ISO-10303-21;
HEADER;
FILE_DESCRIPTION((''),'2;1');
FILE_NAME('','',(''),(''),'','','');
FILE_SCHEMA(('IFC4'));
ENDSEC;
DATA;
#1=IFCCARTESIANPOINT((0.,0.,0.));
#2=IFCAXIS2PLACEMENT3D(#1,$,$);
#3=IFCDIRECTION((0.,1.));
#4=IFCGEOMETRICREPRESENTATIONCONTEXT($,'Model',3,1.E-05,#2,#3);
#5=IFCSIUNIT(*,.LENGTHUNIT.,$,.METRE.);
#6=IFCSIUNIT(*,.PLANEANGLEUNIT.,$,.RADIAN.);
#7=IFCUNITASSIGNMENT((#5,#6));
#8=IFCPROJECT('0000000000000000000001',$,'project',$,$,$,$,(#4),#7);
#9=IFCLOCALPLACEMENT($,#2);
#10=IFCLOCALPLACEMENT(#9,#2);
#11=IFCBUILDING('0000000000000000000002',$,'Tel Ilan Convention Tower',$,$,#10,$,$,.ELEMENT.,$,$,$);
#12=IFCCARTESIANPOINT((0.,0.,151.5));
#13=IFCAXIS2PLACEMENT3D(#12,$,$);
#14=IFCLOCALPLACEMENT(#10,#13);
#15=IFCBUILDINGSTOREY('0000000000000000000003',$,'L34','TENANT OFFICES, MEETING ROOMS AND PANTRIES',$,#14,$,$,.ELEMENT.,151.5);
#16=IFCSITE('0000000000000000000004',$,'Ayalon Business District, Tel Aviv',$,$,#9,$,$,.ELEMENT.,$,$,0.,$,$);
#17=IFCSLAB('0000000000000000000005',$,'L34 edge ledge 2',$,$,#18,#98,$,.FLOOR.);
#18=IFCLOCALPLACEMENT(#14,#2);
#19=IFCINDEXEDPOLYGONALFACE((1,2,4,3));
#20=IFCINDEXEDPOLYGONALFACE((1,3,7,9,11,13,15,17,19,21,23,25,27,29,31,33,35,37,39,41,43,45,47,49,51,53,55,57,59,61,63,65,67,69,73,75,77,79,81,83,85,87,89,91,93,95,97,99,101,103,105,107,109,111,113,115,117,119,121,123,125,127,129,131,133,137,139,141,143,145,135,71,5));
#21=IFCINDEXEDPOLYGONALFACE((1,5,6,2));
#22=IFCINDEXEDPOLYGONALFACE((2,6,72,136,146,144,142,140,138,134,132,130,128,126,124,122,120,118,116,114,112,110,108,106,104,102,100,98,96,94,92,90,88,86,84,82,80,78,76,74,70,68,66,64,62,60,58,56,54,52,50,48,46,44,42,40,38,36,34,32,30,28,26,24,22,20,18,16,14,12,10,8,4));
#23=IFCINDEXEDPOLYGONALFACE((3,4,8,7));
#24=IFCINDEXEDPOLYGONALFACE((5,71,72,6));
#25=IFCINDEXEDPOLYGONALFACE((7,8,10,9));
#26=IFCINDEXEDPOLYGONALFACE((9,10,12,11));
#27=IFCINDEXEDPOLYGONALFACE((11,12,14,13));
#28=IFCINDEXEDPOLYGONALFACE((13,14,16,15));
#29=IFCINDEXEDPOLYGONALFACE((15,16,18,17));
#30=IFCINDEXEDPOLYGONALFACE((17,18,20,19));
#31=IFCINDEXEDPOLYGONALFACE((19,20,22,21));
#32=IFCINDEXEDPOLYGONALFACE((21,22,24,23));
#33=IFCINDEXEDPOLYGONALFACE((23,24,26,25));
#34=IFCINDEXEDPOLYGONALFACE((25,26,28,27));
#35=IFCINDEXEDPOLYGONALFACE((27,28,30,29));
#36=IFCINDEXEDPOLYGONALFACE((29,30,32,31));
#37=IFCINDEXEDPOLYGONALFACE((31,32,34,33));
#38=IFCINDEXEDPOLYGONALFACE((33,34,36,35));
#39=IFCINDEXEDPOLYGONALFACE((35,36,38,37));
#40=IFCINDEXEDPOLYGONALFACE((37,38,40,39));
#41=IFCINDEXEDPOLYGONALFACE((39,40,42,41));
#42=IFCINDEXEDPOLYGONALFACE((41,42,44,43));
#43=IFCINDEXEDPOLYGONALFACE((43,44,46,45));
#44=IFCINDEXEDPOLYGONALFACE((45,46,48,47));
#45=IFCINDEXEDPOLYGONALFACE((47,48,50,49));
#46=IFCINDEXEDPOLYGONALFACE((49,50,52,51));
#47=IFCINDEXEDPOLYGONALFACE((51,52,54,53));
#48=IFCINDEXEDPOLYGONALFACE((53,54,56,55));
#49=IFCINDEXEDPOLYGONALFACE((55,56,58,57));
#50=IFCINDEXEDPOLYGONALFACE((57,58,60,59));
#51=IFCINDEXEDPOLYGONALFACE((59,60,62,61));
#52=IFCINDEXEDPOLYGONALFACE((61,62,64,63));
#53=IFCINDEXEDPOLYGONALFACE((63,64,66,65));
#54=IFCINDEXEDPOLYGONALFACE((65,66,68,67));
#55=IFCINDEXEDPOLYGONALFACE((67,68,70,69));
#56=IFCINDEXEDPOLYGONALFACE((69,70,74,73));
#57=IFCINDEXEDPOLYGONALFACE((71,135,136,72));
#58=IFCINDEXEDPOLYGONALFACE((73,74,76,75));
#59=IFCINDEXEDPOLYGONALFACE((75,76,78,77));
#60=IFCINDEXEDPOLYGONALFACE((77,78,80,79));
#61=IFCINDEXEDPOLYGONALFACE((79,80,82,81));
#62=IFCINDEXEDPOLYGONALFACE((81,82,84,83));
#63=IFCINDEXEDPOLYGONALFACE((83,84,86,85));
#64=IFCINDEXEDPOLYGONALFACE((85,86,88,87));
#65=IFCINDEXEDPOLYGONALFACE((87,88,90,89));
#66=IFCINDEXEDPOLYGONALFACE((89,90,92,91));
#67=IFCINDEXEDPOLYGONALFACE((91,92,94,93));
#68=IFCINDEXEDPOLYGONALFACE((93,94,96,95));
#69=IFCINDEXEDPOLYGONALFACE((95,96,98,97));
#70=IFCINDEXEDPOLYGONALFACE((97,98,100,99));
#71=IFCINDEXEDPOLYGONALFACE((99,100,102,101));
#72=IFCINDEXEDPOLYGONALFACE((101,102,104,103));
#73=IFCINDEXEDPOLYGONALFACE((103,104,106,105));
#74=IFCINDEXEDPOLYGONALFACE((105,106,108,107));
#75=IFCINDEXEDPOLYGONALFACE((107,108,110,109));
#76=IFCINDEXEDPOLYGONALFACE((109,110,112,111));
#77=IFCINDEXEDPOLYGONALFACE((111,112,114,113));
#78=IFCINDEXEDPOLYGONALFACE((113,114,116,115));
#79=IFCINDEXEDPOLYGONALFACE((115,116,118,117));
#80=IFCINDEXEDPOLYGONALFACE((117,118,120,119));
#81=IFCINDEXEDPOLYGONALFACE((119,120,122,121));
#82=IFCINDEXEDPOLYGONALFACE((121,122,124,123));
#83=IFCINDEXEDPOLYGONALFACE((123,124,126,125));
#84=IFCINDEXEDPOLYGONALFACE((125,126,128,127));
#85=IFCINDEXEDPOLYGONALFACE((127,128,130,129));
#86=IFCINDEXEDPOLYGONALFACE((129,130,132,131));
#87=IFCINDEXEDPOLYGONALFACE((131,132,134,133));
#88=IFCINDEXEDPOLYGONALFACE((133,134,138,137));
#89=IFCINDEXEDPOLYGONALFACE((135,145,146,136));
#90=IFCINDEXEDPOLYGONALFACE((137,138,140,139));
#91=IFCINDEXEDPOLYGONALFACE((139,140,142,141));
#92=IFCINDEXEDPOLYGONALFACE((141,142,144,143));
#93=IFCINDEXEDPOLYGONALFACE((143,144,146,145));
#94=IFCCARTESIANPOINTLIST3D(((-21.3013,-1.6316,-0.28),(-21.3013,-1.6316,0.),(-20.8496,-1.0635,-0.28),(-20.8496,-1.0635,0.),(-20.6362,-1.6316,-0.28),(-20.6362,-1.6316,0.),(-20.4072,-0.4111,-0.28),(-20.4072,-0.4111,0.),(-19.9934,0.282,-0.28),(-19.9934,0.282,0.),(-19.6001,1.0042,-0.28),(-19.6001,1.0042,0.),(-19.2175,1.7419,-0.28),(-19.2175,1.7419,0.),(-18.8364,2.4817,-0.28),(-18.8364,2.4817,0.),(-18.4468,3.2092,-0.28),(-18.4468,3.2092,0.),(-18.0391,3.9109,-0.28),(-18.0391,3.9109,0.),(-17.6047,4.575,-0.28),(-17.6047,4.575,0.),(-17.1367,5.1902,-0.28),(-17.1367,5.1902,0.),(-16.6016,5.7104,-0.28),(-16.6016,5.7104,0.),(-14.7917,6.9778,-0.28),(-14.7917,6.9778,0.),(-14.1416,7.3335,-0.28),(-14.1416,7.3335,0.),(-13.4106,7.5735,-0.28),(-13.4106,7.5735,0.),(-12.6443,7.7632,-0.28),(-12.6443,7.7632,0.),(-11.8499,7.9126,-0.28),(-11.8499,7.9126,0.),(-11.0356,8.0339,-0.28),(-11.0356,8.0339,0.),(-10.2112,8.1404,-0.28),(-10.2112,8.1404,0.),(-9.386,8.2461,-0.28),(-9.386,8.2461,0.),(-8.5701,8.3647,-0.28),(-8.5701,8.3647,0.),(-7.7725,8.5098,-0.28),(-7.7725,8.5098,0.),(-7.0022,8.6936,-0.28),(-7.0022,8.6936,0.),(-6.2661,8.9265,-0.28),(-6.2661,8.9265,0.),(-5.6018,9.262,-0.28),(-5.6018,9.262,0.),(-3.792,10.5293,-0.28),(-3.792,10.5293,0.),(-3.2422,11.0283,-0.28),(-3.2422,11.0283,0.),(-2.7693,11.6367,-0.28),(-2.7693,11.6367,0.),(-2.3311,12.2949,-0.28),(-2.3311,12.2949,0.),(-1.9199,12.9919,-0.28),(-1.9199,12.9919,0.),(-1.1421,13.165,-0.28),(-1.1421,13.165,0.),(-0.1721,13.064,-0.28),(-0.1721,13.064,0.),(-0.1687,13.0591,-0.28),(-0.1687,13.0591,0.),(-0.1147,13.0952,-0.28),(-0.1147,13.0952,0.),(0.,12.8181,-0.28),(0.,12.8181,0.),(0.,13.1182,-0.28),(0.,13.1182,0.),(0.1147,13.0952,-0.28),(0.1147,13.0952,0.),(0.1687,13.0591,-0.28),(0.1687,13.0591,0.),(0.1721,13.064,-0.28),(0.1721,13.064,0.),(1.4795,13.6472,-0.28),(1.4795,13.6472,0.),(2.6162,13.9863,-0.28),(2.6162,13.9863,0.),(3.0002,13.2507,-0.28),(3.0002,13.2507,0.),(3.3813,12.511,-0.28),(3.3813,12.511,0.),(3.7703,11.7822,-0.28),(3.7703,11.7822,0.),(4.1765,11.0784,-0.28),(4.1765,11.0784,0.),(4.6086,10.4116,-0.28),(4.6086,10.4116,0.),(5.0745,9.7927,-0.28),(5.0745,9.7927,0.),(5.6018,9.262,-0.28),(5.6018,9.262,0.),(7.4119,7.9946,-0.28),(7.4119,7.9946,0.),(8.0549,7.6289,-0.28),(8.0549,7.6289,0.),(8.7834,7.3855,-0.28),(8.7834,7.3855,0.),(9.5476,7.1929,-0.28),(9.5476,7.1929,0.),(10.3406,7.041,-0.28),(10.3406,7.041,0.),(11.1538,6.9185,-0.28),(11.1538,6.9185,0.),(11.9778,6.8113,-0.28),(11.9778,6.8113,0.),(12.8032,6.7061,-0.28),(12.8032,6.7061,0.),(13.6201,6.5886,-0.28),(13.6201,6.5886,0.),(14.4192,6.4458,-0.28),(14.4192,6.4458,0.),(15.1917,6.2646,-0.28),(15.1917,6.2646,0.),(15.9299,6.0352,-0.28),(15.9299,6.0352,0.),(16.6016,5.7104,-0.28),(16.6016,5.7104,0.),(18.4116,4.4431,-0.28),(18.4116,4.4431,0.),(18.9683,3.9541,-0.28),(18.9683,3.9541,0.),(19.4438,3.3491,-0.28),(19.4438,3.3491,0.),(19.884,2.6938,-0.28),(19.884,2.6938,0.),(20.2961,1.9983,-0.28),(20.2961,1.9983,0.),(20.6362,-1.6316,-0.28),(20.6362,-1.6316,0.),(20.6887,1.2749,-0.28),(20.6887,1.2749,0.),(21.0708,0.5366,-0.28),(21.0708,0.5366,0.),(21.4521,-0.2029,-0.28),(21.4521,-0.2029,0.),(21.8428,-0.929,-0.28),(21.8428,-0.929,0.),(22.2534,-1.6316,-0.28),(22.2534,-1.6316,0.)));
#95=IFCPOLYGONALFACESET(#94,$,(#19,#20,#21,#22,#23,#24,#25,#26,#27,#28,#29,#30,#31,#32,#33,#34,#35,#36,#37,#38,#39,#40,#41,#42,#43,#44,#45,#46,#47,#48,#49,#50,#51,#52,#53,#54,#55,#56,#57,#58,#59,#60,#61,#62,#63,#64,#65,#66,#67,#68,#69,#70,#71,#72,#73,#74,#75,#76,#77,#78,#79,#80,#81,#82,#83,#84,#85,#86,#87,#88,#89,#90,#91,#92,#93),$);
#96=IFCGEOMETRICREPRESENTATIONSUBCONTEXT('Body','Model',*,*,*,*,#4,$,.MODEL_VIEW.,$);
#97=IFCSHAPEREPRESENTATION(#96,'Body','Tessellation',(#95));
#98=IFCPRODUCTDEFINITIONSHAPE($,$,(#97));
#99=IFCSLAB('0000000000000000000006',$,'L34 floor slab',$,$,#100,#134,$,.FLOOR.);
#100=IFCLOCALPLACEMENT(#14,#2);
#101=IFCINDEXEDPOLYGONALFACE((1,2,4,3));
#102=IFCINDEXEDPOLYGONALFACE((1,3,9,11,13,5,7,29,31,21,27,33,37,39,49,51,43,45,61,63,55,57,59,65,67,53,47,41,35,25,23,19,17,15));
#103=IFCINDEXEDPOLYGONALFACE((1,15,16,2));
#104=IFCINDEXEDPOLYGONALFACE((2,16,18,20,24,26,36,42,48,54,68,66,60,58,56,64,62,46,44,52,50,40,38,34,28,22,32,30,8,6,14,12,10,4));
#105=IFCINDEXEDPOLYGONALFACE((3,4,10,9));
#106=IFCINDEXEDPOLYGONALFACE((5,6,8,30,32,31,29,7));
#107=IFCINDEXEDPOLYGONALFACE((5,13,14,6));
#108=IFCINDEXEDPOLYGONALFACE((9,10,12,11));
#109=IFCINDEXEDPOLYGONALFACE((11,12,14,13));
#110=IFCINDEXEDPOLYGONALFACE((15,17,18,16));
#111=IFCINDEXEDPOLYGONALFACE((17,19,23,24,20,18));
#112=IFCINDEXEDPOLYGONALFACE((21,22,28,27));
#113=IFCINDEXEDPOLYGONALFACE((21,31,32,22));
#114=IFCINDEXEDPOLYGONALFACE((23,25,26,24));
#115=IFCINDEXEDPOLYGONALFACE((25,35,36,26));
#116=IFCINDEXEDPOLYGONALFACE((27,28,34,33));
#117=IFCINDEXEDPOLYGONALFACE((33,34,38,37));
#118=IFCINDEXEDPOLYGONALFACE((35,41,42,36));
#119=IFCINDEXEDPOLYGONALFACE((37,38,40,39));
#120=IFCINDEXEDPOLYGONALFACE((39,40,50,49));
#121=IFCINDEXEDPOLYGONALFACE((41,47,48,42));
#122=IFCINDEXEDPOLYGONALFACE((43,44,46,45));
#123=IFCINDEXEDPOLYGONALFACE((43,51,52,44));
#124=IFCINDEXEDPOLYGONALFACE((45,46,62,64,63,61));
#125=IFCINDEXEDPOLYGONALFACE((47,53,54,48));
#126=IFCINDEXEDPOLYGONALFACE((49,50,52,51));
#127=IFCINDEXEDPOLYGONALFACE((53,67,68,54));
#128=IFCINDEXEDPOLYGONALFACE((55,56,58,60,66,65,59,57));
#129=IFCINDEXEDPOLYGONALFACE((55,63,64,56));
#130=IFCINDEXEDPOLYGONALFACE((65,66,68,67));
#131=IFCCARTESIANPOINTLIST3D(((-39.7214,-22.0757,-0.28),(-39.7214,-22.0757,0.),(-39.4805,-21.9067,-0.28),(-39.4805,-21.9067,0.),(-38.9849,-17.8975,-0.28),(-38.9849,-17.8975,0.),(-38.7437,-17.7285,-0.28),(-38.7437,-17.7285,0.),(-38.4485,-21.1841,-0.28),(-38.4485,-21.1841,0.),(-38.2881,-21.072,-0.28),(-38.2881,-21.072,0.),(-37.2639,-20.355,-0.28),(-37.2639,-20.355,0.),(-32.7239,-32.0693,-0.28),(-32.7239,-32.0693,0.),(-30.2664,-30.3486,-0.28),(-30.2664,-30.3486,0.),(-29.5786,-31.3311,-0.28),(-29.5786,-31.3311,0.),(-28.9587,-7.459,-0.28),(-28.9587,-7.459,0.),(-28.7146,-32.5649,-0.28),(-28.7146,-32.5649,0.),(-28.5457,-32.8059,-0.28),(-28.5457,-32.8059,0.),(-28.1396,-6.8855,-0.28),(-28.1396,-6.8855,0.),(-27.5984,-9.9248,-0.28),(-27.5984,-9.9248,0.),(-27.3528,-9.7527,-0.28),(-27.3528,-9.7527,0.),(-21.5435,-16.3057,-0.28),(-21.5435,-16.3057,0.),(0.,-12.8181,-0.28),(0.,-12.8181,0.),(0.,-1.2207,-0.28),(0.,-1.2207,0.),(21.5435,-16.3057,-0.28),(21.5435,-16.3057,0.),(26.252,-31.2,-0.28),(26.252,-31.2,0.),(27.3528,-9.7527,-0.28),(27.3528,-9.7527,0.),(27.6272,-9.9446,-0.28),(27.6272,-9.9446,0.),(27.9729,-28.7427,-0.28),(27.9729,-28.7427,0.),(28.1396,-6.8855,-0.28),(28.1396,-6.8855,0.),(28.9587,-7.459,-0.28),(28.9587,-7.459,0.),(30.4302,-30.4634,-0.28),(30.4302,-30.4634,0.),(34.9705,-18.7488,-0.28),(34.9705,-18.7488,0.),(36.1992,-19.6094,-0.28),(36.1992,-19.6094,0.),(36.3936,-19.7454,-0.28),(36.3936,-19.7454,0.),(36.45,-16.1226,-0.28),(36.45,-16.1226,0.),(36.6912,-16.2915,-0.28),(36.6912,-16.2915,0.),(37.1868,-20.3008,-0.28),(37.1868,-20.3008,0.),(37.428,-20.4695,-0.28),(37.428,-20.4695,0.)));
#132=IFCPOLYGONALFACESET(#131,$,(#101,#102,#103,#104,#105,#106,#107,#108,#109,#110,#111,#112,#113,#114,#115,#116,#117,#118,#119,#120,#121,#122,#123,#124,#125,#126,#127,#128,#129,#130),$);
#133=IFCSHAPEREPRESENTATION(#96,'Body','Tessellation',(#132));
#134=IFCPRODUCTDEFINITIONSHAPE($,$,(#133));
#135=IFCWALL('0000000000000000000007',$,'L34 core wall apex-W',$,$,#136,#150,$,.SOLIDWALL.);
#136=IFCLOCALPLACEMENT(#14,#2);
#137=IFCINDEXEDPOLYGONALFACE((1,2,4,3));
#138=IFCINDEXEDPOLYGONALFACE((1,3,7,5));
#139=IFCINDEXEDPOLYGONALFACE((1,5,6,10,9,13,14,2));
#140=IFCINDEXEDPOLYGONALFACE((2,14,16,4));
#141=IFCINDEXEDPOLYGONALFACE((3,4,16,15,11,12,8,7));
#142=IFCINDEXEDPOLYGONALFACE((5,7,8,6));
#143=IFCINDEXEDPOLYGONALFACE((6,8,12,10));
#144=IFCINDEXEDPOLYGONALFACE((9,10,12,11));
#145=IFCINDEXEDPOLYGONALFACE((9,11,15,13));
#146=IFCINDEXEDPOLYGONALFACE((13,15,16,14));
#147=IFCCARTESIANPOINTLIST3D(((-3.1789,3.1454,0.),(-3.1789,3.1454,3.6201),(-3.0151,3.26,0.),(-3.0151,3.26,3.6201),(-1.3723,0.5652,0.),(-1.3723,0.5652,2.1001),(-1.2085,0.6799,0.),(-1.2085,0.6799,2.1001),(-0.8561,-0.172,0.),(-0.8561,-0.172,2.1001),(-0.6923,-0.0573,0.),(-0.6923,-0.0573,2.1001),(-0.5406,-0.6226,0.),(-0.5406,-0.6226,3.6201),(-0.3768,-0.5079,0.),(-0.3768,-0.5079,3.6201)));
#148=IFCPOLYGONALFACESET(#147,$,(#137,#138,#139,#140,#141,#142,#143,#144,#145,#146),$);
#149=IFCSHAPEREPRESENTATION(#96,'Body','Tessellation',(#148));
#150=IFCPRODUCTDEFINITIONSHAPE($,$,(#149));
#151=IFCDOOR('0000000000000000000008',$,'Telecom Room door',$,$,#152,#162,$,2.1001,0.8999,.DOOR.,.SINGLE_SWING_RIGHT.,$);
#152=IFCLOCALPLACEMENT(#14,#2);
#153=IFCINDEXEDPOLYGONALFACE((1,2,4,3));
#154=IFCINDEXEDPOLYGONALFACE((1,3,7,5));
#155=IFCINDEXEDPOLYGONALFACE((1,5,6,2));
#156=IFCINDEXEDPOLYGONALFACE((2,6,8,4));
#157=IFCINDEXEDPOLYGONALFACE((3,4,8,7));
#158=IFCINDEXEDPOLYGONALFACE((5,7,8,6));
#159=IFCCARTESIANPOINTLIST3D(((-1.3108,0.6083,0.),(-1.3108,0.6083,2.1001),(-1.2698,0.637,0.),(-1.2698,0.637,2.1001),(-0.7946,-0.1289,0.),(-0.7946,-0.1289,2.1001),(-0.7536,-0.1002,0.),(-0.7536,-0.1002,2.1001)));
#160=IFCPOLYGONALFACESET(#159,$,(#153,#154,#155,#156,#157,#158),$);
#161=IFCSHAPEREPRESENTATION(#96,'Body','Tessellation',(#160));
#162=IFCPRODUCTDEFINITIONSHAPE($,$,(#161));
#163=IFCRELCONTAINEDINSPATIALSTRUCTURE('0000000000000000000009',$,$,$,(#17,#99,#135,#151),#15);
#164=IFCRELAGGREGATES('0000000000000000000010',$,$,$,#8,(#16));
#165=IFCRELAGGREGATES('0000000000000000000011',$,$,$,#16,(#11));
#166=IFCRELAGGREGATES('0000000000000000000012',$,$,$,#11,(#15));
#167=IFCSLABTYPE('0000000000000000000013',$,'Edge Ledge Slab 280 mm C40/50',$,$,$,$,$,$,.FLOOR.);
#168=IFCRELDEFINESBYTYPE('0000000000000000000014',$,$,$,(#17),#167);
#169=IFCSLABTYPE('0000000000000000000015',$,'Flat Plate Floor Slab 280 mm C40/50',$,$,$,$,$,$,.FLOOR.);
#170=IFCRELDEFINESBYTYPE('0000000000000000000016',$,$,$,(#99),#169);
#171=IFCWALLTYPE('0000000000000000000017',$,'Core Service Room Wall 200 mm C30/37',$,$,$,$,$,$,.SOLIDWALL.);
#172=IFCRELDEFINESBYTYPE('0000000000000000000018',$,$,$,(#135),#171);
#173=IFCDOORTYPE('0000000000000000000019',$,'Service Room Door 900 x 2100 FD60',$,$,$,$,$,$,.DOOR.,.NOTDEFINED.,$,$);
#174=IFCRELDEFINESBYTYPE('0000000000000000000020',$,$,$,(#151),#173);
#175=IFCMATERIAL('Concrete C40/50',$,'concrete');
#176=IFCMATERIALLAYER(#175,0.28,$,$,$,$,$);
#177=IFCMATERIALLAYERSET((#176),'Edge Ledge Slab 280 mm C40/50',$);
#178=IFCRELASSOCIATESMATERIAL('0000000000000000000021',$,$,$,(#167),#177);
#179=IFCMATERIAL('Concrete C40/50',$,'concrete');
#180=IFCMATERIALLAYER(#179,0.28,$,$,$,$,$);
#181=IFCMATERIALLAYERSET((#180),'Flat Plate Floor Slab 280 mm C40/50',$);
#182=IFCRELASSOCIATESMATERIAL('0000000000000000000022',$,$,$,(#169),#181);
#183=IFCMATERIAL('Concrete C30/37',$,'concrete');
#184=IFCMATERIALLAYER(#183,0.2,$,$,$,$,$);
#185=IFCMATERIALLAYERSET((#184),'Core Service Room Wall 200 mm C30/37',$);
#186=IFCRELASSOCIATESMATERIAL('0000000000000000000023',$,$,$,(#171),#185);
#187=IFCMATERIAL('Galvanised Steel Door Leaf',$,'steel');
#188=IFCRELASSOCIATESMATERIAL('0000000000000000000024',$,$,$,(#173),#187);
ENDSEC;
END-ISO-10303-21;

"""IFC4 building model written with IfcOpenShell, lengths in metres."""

from ifc_helpers import new_model, si_unit, direction, frame, frame_2d, origin, place, context, subcontext, project, spatial, polyline, rectangle, outline, extrude, material, layer, layer_set, type_object, element, fill, save


model = new_model("IFC4")

# Units and contexts
model_context = context("Model", 3, precision=1e-05, world=origin(), true_north=direction((0.0, 1.0)))
body_context = subcontext(model_context, "Body", "Model", "MODEL_VIEW")
ifc_project = project(units=[si_unit("LENGTHUNIT", "METRE"), si_unit("PLANEANGLEUNIT", "RADIAN")], contexts=[model_context])

# Site, building, storey
site_placement = place(None, origin())
site = spatial("IfcSite", under=ifc_project, at=site_placement, Name="Ayalon Business District, Tel Aviv", CompositionType="ELEMENT", RefElevation=0.0)
building_placement = place(site_placement, origin())
building = spatial("IfcBuilding", under=site, at=building_placement, Name="Tel Ilan Convention Tower", CompositionType="ELEMENT")
storey_placement = place(building_placement, frame((0.0, 0.0, 151.5)))
storey = spatial("IfcBuildingStorey", under=building, at=storey_placement, Name="L34", Description="TENANT OFFICES, MEETING ROOMS AND PANTRIES", CompositionType="ELEMENT", Elevation=151.5)

# Slabs
ifc_material_1 = material(Name="Concrete C40/50", Category="concrete")
ifc_layer_1 = layer(ifc_material_1, 0.28)
ifc_layer_set_1 = layer_set([ifc_layer_1], Name="Edge Ledge Slab 280 mm C40/50")
slab_type_1 = type_object("IfcSlabType", Name="Edge Ledge Slab 280 mm C40/50", PredefinedType="FLOOR", material=ifc_layer_set_1)
slab_1_placement = place(storey_placement, frame((0.0, 0.0, -0.28)))
element("IfcSlab", 1, at=slab_1_placement, inside=storey, type_object=slab_type_1, Name="L34 edge ledge 2", PredefinedType="FLOOR", context=body_context, shape_type="SweptSolid", body=[
    extrude(outline(polyline([(-19.6001, 1.0042), (-19.2175, 1.7419), (-18.8364, 2.4817), (-18.4468, 3.2092), (-18.0391, 3.9109), (-17.6047, 4.575), (-17.1367, 5.1902), (-16.6016, 5.7104), (-14.7917, 6.9778), (-14.1416, 7.3335), (-13.4106, 7.5735), (-12.6443, 7.7632), (-11.8499, 7.9126), (-11.0356, 8.0339), (-10.2112, 8.1404), (-9.386, 8.2461), (-8.5701, 8.3647), (-7.7725, 8.5098), (-7.0022, 8.6936), (-6.2661, 8.9265), (-5.6018, 9.262), (-3.792, 10.5293), (-3.2422, 11.0283), (-2.7693, 11.6367), (-2.3311, 12.2949), (-1.9199, 12.9919), (-1.1421, 13.165), (-0.1721, 13.064), (-0.1687, 13.0591), (-0.1147, 13.0952), (0.0, 13.1182), (0.1147, 13.0952), (0.1687, 13.0591), (0.1721, 13.064), (1.4795, 13.6472), (2.6162, 13.9863), (3.0002, 13.2507), (3.3813, 12.511), (3.7703, 11.7822), (4.1765, 11.0784), (4.6086, 10.4116), (5.0745, 9.7927), (5.6018, 9.262), (7.4119, 7.9946), (8.0549, 7.6289), (8.7834, 7.3855), (9.5476, 7.1929), (10.3406, 7.041), (11.1538, 6.9185), (11.9778, 6.8113), (12.8032, 6.7061), (13.6201, 6.5886), (14.4192, 6.4458), (15.1917, 6.2646), (15.9299, 6.0352), (16.6016, 5.7104), (18.4116, 4.4431), (18.9683, 3.9541), (19.4438, 3.3491), (19.884, 2.6938), (20.2961, 1.9983), (20.6887, 1.2749), (21.0708, 0.5366), (21.4521, -0.2029), (21.8428, -0.929), (22.2534, -1.6316), (20.6362, -1.6316), (0.0, 12.8181), (-20.6362, -1.6316), (-21.3013, -1.6316), (-20.8496, -1.0635), (-20.4072, -0.4111), (-19.9934, 0.282), (-19.6001, 1.0042)])), origin(), (0.0, 0.0, 1.0), 0.28),
])
ifc_material_2 = material(Name="Concrete C40/50", Category="concrete")
ifc_layer_2 = layer(ifc_material_2, 0.28)
ifc_layer_set_2 = layer_set([ifc_layer_2], Name="Flat Plate Floor Slab 280 mm C40/50")
slab_type_2 = type_object("IfcSlabType", Name="Flat Plate Floor Slab 280 mm C40/50", PredefinedType="FLOOR", material=ifc_layer_set_2)
slab_2_placement = place(storey_placement, frame((0.0, 0.0, -0.28)))
element("IfcSlab", 2, at=slab_2_placement, inside=storey, type_object=slab_type_2, Name="L34 floor slab", PredefinedType="FLOOR", context=body_context, shape_type="SweptSolid", body=[
    extrude(outline(polyline([(37.1868, -20.3008), (37.428, -20.4695), (30.4302, -30.4634), (27.9729, -28.7427), (26.252, -31.2), (0.0, -12.8181), (-28.5457, -32.8059), (-28.7146, -32.5649), (-29.5786, -31.3311), (-30.2664, -30.3486), (-32.7239, -32.0693), (-39.7214, -22.0757), (-39.4805, -21.9067), (-38.4485, -21.1841), (-38.2881, -21.072), (-37.2639, -20.355), (-38.9849, -17.8975), (-38.7437, -17.7285), (-27.5984, -9.9248), (-27.3528, -9.7527), (-28.9587, -7.459), (-28.1396, -6.8855), (-21.5435, -16.3057), (0.0, -1.2207), (21.5435, -16.3057), (28.1396, -6.8855), (28.9587, -7.459), (27.3528, -9.7527), (27.6272, -9.9446), (36.45, -16.1226), (36.6912, -16.2915), (34.9705, -18.7488), (36.1992, -19.6094), (36.3936, -19.7454), (37.1868, -20.3008)])), origin(), (0.0, 0.0, 1.0), 0.28),
])

# Wall, opening, door
ifc_material_3 = material(Name="Concrete C30/37", Category="concrete")
ifc_layer_3 = layer(ifc_material_3, 0.2)
ifc_layer_set_3 = layer_set([ifc_layer_3], Name="Core Service Room Wall 200 mm C30/37")
wall_type_1 = type_object("IfcWallType", Name="Core Service Room Wall 200 mm C30/37", PredefinedType="SOLIDWALL", material=ifc_layer_set_3)
wall_1_placement = place(storey_placement, frame((-0.4587, -0.5652, 0.0), z_axis=(0.0, 0.0, 1.0), x_axis=(-0.573576, 0.819152, 0.0)))
wall_1 = element("IfcWall", 3, at=wall_1_placement, inside=storey, type_object=wall_type_1, Name="L34 core wall apex-W", PredefinedType="SOLIDWALL", context=body_context, shape_type="SweptSolid", body=[
    extrude(rectangle(XDim=4.5999, YDim=0.2, at=frame_2d((2.2998, 0.0))), origin(), (0.0, 0.0, 1.0), 3.6201),
])
opening_1_placement = place(wall_1_placement, frame((0.55, 0.0, 0.0)))
opening_1 = element("IfcOpeningElement", 4, at=opening_1_placement, cuts=wall_1, PredefinedType="OPENING", context=body_context, shape_type="SweptSolid", body=[
    extrude(rectangle(XDim=0.8999, YDim=2.1001, at=frame_2d((0.45, 1.05))), frame((0.0, 0.1099, 0.0), z_axis=(0.0, -1.0, 0.0), x_axis=(1.0, 0.0, 0.0)), (0.0, 0.0, 1.0), 0.22),
])
ifc_material_4 = material(Name="Galvanised Steel Door Leaf", Category="steel")
door_type_1 = type_object("IfcDoorType", Name="Service Room Door 900 x 2100 FD60", OperationType="NOTDEFINED", PredefinedType="DOOR", material=ifc_material_4)
door_1_placement = place(opening_1_placement, origin())
door_1 = element("IfcDoor", 5, at=door_1_placement, inside=storey, type_object=door_type_1, Name="Telecom Room door", OperationType="SINGLE_SWING_RIGHT", OverallHeight=2.1001, OverallWidth=0.8999, PredefinedType="DOOR", context=body_context, shape_type="SweptSolid", body=[
    extrude(rectangle(XDim=0.8999, YDim=2.1001, at=frame_2d((0.45, 1.05))), frame((0.0, 0.0249, 0.0), z_axis=(0.0, -1.0, 0.0), x_axis=(1.0, 0.0, 0.0)), (0.0, 0.0, 1.0), 0.05),
])
fill(opening_1, door_1)

save(model, "model.ifc")
